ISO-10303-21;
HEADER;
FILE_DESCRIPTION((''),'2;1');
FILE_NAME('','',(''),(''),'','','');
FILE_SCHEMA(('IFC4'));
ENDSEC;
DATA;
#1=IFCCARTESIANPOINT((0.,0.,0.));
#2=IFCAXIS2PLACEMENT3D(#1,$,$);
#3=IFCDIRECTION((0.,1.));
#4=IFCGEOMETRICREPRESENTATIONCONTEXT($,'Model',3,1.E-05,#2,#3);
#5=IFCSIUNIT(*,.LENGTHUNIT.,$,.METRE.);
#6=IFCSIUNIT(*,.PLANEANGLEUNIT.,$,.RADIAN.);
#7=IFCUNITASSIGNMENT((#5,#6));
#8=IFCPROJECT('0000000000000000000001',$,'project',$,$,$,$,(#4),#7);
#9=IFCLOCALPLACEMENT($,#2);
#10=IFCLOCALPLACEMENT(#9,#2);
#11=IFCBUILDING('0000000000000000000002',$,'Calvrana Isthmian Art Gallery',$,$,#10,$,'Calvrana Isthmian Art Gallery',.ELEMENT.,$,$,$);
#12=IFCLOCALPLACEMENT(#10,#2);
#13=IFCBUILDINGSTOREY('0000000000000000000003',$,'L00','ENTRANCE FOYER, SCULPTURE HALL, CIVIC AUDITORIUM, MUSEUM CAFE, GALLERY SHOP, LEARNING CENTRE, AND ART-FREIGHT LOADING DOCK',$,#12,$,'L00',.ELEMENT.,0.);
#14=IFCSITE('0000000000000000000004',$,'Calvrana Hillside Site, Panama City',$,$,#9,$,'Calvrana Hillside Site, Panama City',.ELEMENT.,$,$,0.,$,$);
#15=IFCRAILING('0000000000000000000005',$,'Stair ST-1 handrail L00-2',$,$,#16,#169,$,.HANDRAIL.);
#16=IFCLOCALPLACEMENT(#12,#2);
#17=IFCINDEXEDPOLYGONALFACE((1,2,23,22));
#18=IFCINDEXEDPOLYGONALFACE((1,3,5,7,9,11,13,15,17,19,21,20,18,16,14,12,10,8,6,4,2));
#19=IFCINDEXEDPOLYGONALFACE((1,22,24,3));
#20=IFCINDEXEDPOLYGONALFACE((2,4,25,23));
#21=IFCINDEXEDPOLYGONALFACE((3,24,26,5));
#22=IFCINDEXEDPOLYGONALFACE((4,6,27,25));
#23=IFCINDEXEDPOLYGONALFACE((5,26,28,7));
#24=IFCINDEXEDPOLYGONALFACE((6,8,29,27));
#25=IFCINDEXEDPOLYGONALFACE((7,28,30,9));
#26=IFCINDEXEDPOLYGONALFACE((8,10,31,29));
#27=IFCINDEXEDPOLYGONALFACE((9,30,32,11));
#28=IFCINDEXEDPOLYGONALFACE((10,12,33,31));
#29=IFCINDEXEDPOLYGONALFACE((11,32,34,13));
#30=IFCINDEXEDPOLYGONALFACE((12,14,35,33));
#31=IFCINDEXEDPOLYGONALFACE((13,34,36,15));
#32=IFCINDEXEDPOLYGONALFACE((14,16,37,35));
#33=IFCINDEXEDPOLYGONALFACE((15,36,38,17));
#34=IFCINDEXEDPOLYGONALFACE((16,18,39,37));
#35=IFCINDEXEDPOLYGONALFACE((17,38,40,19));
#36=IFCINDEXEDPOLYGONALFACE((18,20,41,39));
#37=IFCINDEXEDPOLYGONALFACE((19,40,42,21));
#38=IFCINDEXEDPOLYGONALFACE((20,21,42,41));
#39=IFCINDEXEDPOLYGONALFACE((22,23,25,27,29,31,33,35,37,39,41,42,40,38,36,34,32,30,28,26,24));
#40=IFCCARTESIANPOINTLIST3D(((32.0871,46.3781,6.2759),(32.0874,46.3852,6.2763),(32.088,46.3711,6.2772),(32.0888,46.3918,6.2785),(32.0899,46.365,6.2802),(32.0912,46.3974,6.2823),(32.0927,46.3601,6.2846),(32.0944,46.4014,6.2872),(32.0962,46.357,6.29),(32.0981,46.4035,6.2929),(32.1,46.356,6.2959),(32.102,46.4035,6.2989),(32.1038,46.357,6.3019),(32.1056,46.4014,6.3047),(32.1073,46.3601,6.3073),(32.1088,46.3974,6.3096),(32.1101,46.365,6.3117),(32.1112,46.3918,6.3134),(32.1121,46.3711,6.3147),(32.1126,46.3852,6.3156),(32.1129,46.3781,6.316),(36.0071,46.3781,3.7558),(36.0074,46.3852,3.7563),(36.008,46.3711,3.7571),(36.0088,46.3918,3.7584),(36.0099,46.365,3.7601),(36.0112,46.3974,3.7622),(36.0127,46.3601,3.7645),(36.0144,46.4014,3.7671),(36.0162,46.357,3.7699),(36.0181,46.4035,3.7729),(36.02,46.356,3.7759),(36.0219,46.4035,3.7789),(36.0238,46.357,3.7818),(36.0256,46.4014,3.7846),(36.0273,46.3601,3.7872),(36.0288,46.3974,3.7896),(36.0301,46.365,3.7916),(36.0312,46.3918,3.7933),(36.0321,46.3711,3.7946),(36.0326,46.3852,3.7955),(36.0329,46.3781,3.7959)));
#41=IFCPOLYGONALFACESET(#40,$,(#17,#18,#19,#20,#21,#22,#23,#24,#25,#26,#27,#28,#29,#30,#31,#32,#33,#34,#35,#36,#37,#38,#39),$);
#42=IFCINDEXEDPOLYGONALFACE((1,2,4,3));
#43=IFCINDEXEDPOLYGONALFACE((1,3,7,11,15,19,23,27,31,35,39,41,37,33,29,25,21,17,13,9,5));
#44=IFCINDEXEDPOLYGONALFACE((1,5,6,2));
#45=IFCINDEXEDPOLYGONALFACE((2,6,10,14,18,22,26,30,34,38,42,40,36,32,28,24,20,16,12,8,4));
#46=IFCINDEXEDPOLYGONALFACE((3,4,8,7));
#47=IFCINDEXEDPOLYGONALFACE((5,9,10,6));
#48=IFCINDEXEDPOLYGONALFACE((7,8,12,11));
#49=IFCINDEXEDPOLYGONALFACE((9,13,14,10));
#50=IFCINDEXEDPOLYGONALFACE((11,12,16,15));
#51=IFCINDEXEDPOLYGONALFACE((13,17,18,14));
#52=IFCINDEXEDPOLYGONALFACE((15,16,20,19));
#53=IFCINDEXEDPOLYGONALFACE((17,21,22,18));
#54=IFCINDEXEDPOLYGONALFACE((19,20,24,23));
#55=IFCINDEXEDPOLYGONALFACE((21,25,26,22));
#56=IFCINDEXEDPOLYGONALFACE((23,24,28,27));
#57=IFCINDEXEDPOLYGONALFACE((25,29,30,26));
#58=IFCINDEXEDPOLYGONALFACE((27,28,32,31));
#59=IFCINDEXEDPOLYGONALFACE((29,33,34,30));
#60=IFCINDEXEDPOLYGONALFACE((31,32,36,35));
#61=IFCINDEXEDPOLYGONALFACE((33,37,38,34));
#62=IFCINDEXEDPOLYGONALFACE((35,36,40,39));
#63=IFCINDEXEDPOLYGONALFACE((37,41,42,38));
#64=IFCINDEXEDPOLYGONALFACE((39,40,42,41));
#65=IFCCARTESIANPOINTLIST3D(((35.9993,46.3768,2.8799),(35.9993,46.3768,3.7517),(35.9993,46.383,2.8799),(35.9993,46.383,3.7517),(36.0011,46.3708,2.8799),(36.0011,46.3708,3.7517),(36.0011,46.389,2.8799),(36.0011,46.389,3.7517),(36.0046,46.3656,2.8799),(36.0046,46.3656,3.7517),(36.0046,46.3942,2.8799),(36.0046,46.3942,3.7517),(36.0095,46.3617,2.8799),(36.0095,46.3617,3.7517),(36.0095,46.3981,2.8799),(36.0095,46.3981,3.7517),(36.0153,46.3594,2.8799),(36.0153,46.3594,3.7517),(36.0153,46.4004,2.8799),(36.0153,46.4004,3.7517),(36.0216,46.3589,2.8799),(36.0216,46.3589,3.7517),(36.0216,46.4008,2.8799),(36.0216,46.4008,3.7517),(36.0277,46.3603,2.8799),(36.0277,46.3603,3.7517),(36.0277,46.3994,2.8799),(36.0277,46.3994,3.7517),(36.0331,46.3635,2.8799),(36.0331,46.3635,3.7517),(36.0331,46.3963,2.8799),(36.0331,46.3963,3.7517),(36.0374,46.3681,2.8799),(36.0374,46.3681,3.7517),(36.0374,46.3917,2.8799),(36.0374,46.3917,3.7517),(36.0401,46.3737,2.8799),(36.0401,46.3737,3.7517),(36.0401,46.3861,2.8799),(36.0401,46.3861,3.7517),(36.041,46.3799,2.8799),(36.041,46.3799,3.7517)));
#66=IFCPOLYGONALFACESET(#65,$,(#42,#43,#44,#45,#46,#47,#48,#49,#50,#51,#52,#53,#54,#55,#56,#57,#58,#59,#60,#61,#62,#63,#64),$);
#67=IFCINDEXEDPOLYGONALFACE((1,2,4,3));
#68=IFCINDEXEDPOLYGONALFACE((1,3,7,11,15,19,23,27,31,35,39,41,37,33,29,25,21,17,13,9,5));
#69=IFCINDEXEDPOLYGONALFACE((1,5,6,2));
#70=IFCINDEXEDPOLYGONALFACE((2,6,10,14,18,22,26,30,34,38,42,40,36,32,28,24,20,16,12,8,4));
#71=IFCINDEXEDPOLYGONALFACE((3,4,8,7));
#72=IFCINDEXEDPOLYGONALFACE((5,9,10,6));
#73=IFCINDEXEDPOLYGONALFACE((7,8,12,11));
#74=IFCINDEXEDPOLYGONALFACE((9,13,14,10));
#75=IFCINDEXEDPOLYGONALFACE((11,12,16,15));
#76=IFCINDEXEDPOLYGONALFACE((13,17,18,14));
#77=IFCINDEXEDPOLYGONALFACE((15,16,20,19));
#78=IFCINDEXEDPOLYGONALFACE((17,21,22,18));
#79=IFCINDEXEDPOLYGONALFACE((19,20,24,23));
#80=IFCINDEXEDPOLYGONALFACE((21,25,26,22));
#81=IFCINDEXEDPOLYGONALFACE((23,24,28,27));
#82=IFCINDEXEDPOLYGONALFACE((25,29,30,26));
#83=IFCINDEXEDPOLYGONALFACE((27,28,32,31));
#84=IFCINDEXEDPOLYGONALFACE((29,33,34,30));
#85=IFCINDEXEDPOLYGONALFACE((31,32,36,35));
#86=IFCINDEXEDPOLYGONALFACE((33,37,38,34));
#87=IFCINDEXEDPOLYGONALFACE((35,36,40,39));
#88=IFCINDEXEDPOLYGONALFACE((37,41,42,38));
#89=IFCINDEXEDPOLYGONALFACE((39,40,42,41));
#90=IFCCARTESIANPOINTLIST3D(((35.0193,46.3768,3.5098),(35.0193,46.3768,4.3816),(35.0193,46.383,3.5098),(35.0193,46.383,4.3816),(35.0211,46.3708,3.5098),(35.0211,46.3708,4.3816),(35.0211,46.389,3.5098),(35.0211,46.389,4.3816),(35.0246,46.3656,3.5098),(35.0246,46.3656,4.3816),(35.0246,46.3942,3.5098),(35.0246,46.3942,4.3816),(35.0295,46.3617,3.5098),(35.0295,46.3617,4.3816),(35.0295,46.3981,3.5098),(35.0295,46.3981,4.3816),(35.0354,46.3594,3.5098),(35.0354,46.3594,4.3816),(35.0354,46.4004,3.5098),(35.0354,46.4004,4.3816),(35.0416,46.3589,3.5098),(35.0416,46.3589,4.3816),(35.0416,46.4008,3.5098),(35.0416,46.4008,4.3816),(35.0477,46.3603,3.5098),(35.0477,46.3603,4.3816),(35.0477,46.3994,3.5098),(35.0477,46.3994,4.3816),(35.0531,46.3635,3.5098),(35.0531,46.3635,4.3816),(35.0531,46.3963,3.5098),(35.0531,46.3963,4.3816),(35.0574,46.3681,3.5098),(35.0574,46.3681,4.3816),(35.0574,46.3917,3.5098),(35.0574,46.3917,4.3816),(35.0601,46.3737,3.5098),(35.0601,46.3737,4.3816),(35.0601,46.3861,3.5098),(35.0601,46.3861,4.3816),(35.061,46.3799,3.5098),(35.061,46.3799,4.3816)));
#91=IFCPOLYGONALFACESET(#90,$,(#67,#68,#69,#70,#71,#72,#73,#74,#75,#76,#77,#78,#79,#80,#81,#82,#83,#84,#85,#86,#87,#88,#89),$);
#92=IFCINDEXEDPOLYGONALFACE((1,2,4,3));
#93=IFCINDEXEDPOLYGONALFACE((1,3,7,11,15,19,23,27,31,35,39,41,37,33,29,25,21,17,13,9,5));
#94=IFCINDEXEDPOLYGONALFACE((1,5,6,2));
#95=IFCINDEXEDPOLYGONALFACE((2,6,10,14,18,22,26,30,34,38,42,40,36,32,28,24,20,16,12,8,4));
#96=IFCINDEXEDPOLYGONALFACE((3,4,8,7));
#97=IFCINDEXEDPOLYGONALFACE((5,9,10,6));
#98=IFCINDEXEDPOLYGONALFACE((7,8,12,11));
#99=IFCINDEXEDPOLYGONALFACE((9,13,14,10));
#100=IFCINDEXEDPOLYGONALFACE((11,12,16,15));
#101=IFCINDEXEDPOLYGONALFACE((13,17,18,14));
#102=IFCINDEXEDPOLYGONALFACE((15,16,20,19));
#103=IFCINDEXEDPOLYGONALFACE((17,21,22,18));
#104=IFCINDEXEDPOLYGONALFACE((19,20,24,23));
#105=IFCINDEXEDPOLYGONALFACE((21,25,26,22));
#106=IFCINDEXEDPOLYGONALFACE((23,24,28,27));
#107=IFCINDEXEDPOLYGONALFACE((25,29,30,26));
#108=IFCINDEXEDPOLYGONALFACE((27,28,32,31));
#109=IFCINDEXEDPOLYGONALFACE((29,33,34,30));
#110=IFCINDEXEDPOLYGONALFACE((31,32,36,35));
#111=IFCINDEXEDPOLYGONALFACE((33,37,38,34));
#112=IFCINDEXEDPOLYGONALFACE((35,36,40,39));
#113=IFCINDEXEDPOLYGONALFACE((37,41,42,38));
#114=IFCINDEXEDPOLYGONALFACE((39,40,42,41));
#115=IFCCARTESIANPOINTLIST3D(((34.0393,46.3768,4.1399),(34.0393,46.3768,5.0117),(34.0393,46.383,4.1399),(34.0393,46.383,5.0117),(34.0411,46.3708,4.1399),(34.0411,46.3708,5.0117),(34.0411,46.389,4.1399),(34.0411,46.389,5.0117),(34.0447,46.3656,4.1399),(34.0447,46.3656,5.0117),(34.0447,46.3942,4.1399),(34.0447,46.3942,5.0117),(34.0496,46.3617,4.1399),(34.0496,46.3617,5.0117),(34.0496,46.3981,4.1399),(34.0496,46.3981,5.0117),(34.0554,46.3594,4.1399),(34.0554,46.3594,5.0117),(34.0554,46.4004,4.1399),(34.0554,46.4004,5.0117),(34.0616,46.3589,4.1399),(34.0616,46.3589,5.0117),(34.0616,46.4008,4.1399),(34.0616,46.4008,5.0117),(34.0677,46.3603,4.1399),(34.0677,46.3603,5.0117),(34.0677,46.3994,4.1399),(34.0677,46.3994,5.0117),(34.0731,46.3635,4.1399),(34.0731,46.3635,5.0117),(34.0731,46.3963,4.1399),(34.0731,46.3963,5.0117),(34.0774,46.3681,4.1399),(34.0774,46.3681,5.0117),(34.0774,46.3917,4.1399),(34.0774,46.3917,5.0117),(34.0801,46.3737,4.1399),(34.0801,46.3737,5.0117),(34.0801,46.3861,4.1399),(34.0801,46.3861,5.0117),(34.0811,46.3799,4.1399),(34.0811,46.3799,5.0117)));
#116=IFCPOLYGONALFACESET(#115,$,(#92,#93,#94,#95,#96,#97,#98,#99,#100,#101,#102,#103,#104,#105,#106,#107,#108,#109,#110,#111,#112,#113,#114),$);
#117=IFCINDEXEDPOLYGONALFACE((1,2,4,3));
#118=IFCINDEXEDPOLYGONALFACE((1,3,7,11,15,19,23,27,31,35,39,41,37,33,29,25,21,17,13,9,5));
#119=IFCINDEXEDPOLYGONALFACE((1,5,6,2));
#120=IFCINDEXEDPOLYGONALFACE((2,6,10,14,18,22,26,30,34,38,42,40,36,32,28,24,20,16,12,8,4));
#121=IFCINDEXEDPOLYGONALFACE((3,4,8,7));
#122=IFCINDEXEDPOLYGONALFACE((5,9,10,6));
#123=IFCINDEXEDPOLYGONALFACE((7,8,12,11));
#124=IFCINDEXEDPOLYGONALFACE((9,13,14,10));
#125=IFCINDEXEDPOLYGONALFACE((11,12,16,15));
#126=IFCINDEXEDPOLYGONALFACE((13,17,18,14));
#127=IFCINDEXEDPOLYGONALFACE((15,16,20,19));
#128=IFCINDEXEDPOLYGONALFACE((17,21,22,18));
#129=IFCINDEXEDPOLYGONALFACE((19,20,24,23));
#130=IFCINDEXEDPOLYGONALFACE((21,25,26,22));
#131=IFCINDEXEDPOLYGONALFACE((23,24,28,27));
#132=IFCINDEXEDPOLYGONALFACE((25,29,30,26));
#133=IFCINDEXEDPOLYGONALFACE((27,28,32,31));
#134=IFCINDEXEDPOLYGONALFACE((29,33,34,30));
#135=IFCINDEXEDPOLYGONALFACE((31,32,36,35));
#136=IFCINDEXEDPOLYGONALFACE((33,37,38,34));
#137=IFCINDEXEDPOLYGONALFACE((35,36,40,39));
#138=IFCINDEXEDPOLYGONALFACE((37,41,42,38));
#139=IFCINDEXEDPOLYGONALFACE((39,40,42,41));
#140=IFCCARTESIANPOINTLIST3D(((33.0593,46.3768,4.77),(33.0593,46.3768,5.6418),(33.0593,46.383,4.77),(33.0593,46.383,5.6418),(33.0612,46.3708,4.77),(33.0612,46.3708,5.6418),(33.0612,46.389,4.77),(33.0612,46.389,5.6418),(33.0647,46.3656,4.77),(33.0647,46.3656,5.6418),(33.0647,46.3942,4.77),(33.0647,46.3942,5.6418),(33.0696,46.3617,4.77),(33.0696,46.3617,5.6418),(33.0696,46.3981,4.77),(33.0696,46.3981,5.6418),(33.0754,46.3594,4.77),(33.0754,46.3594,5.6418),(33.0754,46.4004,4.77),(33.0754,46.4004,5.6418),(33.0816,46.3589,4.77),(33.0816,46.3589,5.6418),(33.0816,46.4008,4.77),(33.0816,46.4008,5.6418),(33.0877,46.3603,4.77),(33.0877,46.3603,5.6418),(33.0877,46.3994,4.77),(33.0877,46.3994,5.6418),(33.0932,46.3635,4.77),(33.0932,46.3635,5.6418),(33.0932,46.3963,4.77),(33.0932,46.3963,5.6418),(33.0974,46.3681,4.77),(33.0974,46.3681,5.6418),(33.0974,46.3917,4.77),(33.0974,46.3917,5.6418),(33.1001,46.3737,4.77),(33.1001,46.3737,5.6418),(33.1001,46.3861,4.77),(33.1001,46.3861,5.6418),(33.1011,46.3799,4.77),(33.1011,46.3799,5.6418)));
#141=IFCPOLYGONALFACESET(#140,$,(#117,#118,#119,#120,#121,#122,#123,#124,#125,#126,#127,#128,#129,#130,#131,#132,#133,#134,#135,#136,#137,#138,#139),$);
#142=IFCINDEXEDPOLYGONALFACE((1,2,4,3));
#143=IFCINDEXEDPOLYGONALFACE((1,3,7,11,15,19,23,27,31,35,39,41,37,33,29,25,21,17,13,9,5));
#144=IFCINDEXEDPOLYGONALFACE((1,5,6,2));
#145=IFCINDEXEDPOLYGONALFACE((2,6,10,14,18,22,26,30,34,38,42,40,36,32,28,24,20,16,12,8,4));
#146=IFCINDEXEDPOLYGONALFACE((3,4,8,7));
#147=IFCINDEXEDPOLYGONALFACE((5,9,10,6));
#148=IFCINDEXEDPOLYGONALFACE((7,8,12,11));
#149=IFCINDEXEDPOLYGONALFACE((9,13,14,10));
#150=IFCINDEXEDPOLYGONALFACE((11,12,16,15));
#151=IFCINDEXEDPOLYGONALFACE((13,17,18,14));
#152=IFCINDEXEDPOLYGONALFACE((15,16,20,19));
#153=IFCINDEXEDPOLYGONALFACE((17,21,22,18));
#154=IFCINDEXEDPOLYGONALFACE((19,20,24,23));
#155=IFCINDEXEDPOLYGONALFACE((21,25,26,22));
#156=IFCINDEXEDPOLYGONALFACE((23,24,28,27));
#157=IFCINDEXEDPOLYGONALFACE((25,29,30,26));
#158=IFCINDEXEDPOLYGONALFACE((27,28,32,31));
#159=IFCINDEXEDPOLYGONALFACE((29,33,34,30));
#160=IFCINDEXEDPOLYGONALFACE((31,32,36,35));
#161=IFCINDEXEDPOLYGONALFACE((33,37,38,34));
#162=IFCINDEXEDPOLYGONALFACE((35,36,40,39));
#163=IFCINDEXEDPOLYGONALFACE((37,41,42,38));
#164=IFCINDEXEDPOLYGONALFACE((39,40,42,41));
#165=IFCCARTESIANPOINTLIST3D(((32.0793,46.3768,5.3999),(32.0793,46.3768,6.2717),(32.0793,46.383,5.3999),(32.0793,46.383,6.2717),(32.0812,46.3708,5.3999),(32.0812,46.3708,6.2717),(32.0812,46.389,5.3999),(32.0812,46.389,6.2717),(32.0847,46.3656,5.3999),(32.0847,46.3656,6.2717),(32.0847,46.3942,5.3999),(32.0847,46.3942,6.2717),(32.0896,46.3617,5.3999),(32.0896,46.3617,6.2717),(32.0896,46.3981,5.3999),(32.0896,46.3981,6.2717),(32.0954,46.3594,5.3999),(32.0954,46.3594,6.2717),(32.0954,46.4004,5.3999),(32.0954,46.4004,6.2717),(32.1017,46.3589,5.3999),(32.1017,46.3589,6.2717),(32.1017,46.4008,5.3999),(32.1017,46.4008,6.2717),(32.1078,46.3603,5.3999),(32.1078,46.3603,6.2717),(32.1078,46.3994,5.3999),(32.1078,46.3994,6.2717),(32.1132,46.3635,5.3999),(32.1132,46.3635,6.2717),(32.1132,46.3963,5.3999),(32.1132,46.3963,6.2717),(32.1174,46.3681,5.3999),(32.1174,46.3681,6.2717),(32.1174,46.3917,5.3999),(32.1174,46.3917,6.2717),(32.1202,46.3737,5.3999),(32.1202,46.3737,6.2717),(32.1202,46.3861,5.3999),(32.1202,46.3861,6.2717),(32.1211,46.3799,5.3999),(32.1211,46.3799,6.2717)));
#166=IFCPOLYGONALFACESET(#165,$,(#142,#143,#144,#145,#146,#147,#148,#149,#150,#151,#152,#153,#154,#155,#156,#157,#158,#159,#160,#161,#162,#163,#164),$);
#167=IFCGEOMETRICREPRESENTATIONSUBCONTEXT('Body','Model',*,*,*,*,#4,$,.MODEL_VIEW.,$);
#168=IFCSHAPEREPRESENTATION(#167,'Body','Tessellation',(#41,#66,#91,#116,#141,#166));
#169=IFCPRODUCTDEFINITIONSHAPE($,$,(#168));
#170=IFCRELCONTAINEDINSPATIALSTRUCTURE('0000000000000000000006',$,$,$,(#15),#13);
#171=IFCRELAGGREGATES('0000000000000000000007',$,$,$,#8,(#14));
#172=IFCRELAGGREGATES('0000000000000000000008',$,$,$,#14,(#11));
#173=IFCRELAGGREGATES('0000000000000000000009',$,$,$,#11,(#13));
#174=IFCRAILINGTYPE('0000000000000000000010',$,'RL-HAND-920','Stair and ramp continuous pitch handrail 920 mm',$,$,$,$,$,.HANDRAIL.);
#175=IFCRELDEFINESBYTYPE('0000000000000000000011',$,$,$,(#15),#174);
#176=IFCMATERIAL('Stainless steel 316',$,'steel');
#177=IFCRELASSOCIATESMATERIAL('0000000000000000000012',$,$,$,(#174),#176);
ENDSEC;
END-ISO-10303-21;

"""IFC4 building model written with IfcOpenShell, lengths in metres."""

from ifc_helpers import new_model, si_unit, direction, frame, origin, origin_2d, place, context, subcontext, project, spatial, circle, extrude, material, type_object, element, save


model = new_model("IFC4")

# Units and contexts
model_context = context("Model", 3, precision=1e-05, world=origin(), true_north=direction((0.0, 1.0)))
body_context = subcontext(model_context, "Body", "Model", "MODEL_VIEW")
ifc_project = project(units=[si_unit("LENGTHUNIT", "METRE"), si_unit("PLANEANGLEUNIT", "RADIAN")], contexts=[model_context])

# Site, building, storey
site_placement = place(None, origin())
site = spatial("IfcSite", under=ifc_project, at=site_placement, Name="Calvrana Hillside Site, Panama City", LongName="Calvrana Hillside Site, Panama City", CompositionType="ELEMENT", RefElevation=0.0)
building_placement = place(site_placement, origin())
building = spatial("IfcBuilding", under=site, at=building_placement, Name="Calvrana Isthmian Art Gallery", LongName="Calvrana Isthmian Art Gallery", CompositionType="ELEMENT")
storey_placement = place(building_placement, origin())
storey = spatial("IfcBuildingStorey", under=building, at=storey_placement, Name="L00", Description="ENTRANCE FOYER, SCULPTURE HALL, CIVIC AUDITORIUM, MUSEUM CAFE, GALLERY SHOP, LEARNING CENTRE, AND ART-FREIGHT LOADING DOCK", LongName="L00", CompositionType="ELEMENT", Elevation=0.0)

# Shared definitions
ifc_material_1 = material(Name="Stainless steel 316", Category="steel")

# Railing
railing_type_1 = type_object("IfcRailingType", Name="RL-HAND-920", Description="Stair and ramp continuous pitch handrail 920 mm", PredefinedType="HANDRAIL", material=ifc_material_1)
railing_1_placement = place(storey_placement, frame((36.02, 46.3799, 2.8799)))
element("IfcRailing", 1, at=railing_1_placement, inside=storey, type_object=railing_type_1, Name="Stair ST-1 handrail L00-2", PredefinedType="HANDRAIL", context=body_context, shape_type="SweptSolid", body=[
    extrude(circle(Radius=0.0239, at=origin_2d()), frame((0.0, 0.0, 0.896), z_axis=(-0.841172, 0.0, 0.540768), x_axis=(0.0, -1.0, 0.0)), (0.0, 0.0, 1.0), 4.6602),
    extrude(circle(Radius=0.021, at=origin_2d()), origin(), (0.0, 0.0, 1.0), 0.8718),
    extrude(circle(Radius=0.021, at=origin_2d()), frame((-0.98, 0.0, 0.6299)), (0.0, 0.0, 1.0), 0.8718),
    extrude(circle(Radius=0.021, at=origin_2d()), frame((-1.96, 0.0, 1.26)), (0.0, 0.0, 1.0), 0.8718),
    extrude(circle(Radius=0.021, at=origin_2d()), frame((-2.9399, 0.0, 1.8901)), (0.0, 0.0, 1.0), 0.8718),
    extrude(circle(Radius=0.021, at=origin_2d()), frame((-3.9199, 0.0, 2.52)), (0.0, 0.0, 1.0), 0.8718),
])

save(model, "model.ifc")
